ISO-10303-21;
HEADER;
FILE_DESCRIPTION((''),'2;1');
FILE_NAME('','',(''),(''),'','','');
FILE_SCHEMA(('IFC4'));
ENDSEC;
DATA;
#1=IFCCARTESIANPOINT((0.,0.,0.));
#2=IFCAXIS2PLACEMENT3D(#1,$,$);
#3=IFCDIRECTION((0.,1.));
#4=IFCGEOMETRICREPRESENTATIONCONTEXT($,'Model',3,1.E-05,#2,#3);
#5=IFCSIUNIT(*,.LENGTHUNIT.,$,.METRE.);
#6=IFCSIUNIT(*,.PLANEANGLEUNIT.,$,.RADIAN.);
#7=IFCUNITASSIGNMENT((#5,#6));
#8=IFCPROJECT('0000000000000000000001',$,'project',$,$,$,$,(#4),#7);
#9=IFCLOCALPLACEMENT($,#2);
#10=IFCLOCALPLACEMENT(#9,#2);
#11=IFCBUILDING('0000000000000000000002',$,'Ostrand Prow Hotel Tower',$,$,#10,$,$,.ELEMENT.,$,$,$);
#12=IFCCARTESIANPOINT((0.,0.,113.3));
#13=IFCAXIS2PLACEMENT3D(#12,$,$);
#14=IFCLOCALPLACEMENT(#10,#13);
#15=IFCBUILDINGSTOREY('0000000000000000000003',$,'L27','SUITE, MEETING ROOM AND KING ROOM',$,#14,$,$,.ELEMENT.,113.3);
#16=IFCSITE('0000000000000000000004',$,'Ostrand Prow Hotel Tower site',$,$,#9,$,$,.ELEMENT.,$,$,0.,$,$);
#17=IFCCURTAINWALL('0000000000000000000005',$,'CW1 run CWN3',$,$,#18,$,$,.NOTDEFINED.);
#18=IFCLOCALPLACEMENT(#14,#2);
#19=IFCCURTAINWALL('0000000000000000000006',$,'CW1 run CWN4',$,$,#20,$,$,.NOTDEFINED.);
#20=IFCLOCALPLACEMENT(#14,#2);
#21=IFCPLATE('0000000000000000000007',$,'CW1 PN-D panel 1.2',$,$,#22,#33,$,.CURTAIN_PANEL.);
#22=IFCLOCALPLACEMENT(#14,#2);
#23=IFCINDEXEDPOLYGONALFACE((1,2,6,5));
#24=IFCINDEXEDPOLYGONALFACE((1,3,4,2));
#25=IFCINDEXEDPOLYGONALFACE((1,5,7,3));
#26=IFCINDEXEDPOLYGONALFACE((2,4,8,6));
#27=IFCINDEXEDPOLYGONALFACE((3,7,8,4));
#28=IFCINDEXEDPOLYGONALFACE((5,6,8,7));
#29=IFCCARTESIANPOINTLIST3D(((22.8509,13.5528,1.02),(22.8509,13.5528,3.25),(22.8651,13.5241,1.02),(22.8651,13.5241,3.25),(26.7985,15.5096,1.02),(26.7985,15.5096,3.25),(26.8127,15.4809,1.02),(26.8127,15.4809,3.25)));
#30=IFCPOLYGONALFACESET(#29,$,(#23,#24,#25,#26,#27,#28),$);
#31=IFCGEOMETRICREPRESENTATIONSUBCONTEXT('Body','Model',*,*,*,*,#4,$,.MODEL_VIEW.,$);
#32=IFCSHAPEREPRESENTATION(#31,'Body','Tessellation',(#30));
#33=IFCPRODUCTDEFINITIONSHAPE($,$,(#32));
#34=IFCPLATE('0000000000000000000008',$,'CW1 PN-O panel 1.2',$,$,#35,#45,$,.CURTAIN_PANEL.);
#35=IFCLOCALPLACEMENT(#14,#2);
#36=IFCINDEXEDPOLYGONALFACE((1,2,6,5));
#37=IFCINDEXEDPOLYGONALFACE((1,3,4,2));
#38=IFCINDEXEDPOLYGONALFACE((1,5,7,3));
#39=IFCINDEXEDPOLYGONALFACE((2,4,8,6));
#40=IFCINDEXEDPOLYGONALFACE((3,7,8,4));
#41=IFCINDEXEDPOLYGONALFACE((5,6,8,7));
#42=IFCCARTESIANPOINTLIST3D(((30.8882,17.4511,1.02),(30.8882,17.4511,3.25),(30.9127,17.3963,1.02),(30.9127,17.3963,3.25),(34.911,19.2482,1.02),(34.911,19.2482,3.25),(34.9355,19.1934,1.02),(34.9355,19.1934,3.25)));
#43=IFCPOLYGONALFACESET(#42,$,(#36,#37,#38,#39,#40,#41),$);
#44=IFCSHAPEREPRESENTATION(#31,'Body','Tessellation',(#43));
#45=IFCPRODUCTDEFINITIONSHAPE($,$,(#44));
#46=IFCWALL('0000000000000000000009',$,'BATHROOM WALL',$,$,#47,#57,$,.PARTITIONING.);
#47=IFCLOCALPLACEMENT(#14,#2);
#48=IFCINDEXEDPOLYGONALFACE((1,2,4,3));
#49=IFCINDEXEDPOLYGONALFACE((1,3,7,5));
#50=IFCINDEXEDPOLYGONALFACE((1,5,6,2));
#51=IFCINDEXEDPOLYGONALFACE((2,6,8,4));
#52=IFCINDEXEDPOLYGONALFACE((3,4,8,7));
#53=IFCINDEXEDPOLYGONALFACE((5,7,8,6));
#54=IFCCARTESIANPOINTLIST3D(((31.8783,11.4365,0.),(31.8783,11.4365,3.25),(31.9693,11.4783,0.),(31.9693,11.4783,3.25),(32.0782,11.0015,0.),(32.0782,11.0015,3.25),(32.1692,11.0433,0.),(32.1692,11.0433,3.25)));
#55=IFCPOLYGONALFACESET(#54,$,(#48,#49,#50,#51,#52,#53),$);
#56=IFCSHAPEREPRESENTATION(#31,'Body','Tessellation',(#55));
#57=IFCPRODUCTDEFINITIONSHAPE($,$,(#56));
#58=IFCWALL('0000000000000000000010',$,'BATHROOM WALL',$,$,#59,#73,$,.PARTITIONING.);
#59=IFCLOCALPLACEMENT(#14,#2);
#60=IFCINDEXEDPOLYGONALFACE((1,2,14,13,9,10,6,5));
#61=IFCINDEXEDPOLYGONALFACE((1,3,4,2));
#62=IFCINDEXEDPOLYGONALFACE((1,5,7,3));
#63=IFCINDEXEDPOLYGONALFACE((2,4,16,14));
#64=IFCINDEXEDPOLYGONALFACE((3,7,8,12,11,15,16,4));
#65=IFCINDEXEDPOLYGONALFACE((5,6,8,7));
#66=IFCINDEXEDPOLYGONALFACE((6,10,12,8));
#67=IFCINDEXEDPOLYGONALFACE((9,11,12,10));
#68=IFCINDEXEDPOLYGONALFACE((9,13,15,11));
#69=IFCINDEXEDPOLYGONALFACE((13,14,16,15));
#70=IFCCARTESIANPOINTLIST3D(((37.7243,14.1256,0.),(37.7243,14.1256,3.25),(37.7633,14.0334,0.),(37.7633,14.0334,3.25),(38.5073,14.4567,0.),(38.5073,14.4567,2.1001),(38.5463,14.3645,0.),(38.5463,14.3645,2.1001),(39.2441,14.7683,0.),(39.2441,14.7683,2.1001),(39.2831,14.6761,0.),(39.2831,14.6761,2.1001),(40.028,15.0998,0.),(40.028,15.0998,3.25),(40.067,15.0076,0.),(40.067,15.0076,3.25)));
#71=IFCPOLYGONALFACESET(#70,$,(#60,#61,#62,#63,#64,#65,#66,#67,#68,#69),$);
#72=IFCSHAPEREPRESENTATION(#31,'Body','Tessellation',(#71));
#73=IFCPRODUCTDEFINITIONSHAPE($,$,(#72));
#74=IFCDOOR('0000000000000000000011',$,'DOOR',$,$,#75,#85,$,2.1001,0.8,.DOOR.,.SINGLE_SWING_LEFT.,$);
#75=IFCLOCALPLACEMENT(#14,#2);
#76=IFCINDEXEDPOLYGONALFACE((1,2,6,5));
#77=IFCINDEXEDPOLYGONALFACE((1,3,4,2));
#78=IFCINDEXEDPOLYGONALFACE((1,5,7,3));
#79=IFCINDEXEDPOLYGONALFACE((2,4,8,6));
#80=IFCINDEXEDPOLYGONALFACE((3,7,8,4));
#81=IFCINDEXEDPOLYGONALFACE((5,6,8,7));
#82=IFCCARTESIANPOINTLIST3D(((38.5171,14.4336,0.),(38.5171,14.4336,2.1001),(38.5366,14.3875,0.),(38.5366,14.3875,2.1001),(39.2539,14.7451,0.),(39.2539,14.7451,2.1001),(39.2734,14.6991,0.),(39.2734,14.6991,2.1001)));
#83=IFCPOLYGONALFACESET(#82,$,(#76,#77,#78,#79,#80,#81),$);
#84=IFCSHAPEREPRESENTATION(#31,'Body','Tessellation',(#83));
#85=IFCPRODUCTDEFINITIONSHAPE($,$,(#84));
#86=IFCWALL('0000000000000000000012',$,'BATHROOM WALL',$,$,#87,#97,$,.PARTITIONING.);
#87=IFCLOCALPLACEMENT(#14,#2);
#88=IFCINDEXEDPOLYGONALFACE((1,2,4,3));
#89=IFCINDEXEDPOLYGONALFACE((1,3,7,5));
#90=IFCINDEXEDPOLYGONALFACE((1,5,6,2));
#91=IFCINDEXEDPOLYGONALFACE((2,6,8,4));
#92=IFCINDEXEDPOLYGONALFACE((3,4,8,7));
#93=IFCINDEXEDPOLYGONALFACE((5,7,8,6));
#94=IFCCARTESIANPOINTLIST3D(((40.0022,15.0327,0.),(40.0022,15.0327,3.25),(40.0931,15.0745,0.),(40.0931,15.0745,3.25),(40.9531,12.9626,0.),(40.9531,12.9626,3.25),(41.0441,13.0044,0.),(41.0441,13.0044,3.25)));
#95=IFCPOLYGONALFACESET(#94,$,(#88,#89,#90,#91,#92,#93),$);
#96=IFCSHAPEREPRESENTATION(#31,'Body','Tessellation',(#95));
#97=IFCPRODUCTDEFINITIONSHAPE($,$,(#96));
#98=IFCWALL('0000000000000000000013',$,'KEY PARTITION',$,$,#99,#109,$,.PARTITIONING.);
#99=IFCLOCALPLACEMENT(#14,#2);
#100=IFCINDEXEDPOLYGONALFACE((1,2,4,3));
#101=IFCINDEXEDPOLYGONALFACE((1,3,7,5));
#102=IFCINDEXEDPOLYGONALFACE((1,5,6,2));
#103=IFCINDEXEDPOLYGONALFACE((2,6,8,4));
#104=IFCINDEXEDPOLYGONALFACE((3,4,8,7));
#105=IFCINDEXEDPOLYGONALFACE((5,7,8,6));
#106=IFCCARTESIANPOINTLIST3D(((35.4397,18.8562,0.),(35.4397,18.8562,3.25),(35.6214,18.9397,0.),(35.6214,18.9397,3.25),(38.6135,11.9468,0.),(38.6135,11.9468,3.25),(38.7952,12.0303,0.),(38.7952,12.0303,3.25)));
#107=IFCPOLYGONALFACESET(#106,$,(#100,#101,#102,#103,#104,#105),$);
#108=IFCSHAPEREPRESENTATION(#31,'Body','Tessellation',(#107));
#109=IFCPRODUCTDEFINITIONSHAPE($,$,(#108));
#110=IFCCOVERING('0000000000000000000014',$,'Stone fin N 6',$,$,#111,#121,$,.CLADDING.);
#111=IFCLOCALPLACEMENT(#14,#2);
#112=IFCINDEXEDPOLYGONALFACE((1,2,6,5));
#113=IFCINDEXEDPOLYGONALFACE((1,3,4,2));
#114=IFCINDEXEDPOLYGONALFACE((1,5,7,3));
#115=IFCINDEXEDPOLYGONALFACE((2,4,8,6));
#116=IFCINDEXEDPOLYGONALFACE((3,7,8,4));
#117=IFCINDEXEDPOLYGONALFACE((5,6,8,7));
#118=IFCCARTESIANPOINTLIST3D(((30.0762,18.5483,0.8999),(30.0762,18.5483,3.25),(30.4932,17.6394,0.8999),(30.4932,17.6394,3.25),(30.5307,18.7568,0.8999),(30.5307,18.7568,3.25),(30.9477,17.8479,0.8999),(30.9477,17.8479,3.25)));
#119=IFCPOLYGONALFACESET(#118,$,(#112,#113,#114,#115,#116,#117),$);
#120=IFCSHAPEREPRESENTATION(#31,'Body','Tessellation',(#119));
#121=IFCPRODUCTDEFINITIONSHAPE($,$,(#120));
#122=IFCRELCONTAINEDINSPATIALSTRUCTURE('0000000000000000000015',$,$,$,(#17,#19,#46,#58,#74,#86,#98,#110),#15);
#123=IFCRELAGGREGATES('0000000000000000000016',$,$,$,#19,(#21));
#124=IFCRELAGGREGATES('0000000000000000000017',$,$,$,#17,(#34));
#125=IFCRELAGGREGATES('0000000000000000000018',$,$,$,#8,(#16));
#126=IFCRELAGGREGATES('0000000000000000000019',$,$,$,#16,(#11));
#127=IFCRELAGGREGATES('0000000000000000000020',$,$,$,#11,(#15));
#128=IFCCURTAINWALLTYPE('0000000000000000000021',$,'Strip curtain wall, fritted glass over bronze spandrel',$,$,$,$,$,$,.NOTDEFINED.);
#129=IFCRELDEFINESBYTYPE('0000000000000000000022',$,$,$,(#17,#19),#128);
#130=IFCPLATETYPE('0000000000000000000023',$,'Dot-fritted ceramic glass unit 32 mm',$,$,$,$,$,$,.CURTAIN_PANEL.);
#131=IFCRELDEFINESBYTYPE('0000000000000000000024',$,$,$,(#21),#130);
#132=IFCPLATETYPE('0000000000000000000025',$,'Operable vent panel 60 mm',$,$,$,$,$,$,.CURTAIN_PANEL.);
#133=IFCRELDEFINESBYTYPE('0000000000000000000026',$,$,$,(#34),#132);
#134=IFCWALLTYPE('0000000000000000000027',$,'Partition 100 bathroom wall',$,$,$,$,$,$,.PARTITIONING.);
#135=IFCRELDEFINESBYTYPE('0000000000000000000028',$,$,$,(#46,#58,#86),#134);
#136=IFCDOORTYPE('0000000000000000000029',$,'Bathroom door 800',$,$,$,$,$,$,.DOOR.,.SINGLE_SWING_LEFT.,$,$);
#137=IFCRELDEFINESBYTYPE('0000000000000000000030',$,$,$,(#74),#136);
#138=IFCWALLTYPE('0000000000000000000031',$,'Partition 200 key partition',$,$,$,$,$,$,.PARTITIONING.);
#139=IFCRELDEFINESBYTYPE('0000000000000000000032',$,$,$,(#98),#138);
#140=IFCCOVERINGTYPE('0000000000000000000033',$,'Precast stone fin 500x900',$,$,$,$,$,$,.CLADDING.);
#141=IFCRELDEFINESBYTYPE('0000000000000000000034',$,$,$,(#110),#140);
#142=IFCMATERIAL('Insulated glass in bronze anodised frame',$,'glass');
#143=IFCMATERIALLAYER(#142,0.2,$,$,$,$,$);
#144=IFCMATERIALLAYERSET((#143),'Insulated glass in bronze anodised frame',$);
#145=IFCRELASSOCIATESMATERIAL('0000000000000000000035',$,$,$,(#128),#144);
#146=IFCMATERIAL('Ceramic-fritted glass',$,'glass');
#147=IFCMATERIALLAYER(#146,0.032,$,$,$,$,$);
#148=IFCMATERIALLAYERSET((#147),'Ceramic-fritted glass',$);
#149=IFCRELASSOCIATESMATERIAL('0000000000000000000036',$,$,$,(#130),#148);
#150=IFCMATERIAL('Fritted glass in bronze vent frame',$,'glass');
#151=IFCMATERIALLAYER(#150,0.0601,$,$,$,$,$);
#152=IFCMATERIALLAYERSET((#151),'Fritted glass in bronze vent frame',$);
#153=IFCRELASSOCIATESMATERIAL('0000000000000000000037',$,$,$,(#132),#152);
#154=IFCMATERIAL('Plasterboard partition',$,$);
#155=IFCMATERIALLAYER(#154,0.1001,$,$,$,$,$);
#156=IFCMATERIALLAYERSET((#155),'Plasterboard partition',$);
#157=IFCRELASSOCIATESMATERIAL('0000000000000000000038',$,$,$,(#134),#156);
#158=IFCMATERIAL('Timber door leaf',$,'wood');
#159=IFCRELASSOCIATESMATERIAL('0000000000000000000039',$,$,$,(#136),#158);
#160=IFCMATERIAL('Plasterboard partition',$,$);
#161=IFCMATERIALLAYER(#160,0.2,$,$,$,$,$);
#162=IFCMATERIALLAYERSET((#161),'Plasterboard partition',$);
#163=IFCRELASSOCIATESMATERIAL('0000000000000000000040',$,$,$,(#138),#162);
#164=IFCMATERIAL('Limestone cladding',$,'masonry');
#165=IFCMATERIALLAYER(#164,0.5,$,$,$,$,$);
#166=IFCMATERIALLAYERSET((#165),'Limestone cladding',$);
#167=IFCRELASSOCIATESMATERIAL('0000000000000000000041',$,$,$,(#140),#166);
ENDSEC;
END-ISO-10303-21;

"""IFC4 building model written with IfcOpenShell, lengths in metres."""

from ifc_helpers import new_model, si_unit, direction, frame, frame_2d, origin, origin_2d, place, context, subcontext, project, spatial, rectangle, extrude, material, layer, layer_set, type_object, element, fill, aggregate, save


model = new_model("IFC4")

# Units and contexts
model_context = context("Model", 3, precision=1e-05, world=origin(), true_north=direction((0.0, 1.0)))
body_context = subcontext(model_context, "Body", "Model", "MODEL_VIEW")
ifc_project = project(units=[si_unit("LENGTHUNIT", "METRE"), si_unit("PLANEANGLEUNIT", "RADIAN")], contexts=[model_context])

# Site, building, storey
site_placement = place(None, origin())
site = spatial("IfcSite", under=ifc_project, at=site_placement, Name="Ostrand Prow Hotel Tower site", CompositionType="ELEMENT", RefElevation=0.0)
building_placement = place(site_placement, origin())
building = spatial("IfcBuilding", under=site, at=building_placement, Name="Ostrand Prow Hotel Tower", CompositionType="ELEMENT")
storey_placement = place(building_placement, frame((0.0, 0.0, 113.3)))
storey = spatial("IfcBuildingStorey", under=building, at=storey_placement, Name="L27", Description="SUITE, MEETING ROOM AND KING ROOM", CompositionType="ELEMENT", Elevation=113.3)

# Curtain wall
ifc_material_1 = material(Name="Insulated glass in bronze anodised frame", Category="glass")
ifc_layer_1 = layer(ifc_material_1, 0.2)
ifc_layer_set_1 = layer_set([ifc_layer_1], Name="Insulated glass in bronze anodised frame")
curtain_wall_type = type_object("IfcCurtainWallType", Name="Strip curtain wall, fritted glass over bronze spandrel", PredefinedType="NOTDEFINED", material=ifc_layer_set_1)
curtain_wall_1_placement = place(storey_placement, origin())
curtain_wall_1 = element("IfcCurtainWall", 1, at=curtain_wall_1_placement, inside=storey, type_object=curtain_wall_type, Name="CW1 run CWN3", PredefinedType="NOTDEFINED")

# Curtain wall
curtain_wall_2_placement = place(storey_placement, origin())
curtain_wall_2 = element("IfcCurtainWall", 2, at=curtain_wall_2_placement, inside=storey, type_object=curtain_wall_type, Name="CW1 run CWN4", PredefinedType="NOTDEFINED")

# Plates
ifc_material_2 = material(Name="Ceramic-fritted glass", Category="glass")
ifc_layer_2 = layer(ifc_material_2, 0.032)
ifc_layer_set_2 = layer_set([ifc_layer_2], Name="Ceramic-fritted glass")
plate_type_1 = type_object("IfcPlateType", Name="Dot-fritted ceramic glass unit 32 mm", PredefinedType="CURTAIN_PANEL", material=ifc_layer_set_2)
plate_1_placement = place(storey_placement, frame((24.8318, 14.5168, 1.02), z_axis=(0.0, 0.0, 1.0), x_axis=(-0.895971, -0.444113, 0.0)))
plate_1 = element("IfcPlate", 3, at=plate_1_placement, type_object=plate_type_1, Name="CW1 PN-D panel 1.2", PredefinedType="CURTAIN_PANEL", context=body_context, shape_type="SweptSolid", body=[
    extrude(rectangle(XDim=4.406, YDim=0.032, at=origin_2d()), origin(), (0.0, 0.0, 1.0), 2.23),
])
aggregate(curtain_wall_2, [plate_1])
ifc_material_3 = material(Name="Fritted glass in bronze vent frame", Category="glass")
ifc_layer_3 = layer(ifc_material_3, 0.0601)
ifc_layer_set_3 = layer_set([ifc_layer_3], Name="Fritted glass in bronze vent frame")
plate_type_2 = type_object("IfcPlateType", Name="Operable vent panel 60 mm", PredefinedType="CURTAIN_PANEL", material=ifc_layer_set_3)
plate_2_placement = place(storey_placement, frame((32.9119, 18.3223, 1.02), z_axis=(0.0, 0.0, 1.0), x_axis=(-0.913038, -0.407875, 0.0)))
plate_2 = element("IfcPlate", 4, at=plate_2_placement, type_object=plate_type_2, Name="CW1 PN-O panel 1.2", PredefinedType="CURTAIN_PANEL", context=body_context, shape_type="SweptSolid", body=[
    extrude(rectangle(XDim=4.406, YDim=0.0601, at=origin_2d()), origin(), (0.0, 0.0, 1.0), 2.23),
])
aggregate(curtain_wall_1, [plate_2])

# Wall
ifc_material_4 = material(Name="Plasterboard partition")
ifc_layer_4 = layer(ifc_material_4, 0.1001)
ifc_layer_set_4 = layer_set([ifc_layer_4], Name="Plasterboard partition")
wall_type_1 = type_object("IfcWallType", Name="Partition 100 bathroom wall", PredefinedType="PARTITIONING", material=ifc_layer_set_4)
wall_1_placement = place(storey_placement, frame((31.9238, 11.4573, 0.0), z_axis=(0.0, 0.0, 1.0), x_axis=(0.417603, -0.90863, 0.0)))
element("IfcWall", 5, at=wall_1_placement, inside=storey, type_object=wall_type_1, Name="BATHROOM WALL", PredefinedType="PARTITIONING", context=body_context, shape_type="SweptSolid", body=[
    extrude(rectangle(XDim=0.4788, YDim=0.1001, at=frame_2d((0.2393, 0.0))), origin(), (0.0, 0.0, 1.0), 3.25),
])

# Wall, opening, door
wall_2_placement = place(storey_placement, frame((37.7439, 14.0796, 0.0), z_axis=(0.0, 0.0, 1.0), x_axis=(0.921043, 0.389462, 0.0)))
wall_2 = element("IfcWall", 6, at=wall_2_placement, inside=storey, type_object=wall_type_1, Name="BATHROOM WALL", PredefinedType="PARTITIONING", context=body_context, shape_type="SweptSolid", body=[
    extrude(rectangle(XDim=2.5012, YDim=0.1001, at=frame_2d((1.2505, 0.0))), origin(), (0.0, 0.0, 1.0), 3.25),
])
opening_placement = place(wall_2_placement, frame((0.8501, 0.0, 0.0)))
opening = element("IfcOpeningElement", 7, at=opening_placement, cuts=wall_2, PredefinedType="OPENING", context=body_context, shape_type="SweptSolid", body=[
    extrude(rectangle(XDim=0.8, YDim=2.1001, at=frame_2d((0.3999, 1.05))), frame((0.0, 0.0601, 0.0), z_axis=(0.0, -1.0, 0.0), x_axis=(1.0, 0.0, 0.0)), (0.0, 0.0, 1.0), 0.1201),
])
ifc_material_5 = material(Name="Timber door leaf", Category="wood")
door_type = type_object("IfcDoorType", Name="Bathroom door 800", OperationType="SINGLE_SWING_LEFT", PredefinedType="DOOR", material=ifc_material_5)
door_placement = place(opening_placement, origin())
door = element("IfcDoor", 8, at=door_placement, inside=storey, type_object=door_type, Name="DOOR", OperationType="SINGLE_SWING_LEFT", OverallHeight=2.1001, OverallWidth=0.8, PredefinedType="DOOR", context=body_context, shape_type="SweptSolid", body=[
    extrude(rectangle(XDim=0.8, YDim=2.1001, at=frame_2d((0.3999, 1.05))), frame((0.0, 0.0249, 0.0), z_axis=(0.0, -1.0, 0.0), x_axis=(1.0, 0.0, 0.0)), (0.0, 0.0, 1.0), 0.05),
])
fill(opening, door)

# Walls
wall_3_placement = place(storey_placement, frame((40.0476, 15.0537, 0.0), z_axis=(0.0, 0.0, 1.0), x_axis=(0.417433, -0.908708, 0.0)))
element("IfcWall", 9, at=wall_3_placement, inside=storey, type_object=wall_type_1, Name="BATHROOM WALL", PredefinedType="PARTITIONING", context=body_context, shape_type="SweptSolid", body=[
    extrude(rectangle(XDim=2.2781, YDim=0.1001, at=frame_2d((1.1392, 0.0))), origin(), (0.0, 0.0, 1.0), 3.25),
])
ifc_material_6 = material(Name="Plasterboard partition")
ifc_layer_5 = layer(ifc_material_6, 0.2)
ifc_layer_set_5 = layer_set([ifc_layer_5], Name="Plasterboard partition")
wall_type_2 = type_object("IfcWallType", Name="Partition 200 key partition", PredefinedType="PARTITIONING", material=ifc_layer_set_5)
wall_4_placement = place(storey_placement, frame((38.7043, 11.9885, 0.0), z_axis=(0.0, 0.0, 1.0), x_axis=(-0.417416, 0.908715, 0.0)))
element("IfcWall", 10, at=wall_4_placement, inside=storey, type_object=wall_type_2, Name="KEY PARTITION", PredefinedType="PARTITIONING", context=body_context, shape_type="SweptSolid", body=[
    extrude(rectangle(XDim=7.6035, YDim=0.2, at=frame_2d((3.8018, 0.0))), origin(), (0.0, 0.0, 1.0), 3.25),
])

# Covering
ifc_material_7 = material(Name="Limestone cladding", Category="masonry")
ifc_layer_6 = layer(ifc_material_7, 0.5)
ifc_layer_set_6 = layer_set([ifc_layer_6], Name="Limestone cladding")
covering_type = type_object("IfcCoveringType", Name="Precast stone fin 500x900", PredefinedType="CLADDING", material=ifc_layer_set_6)
covering_placement = place(storey_placement, frame((30.7205, 17.7437, 0.8999), z_axis=(0.0, 0.0, 1.0), x_axis=(-0.416983, 0.908914, 0.0)))
element("IfcCovering", 11, at=covering_placement, inside=storey, type_object=covering_type, Name="Stone fin N 6", PredefinedType="CLADDING", context=body_context, shape_type="SweptSolid", body=[
    extrude(rectangle(XDim=1.0, YDim=0.5, at=frame_2d((0.5, 0.0))), origin(), (0.0, 0.0, 1.0), 2.3501),
])

save(model, "model.ifc")
